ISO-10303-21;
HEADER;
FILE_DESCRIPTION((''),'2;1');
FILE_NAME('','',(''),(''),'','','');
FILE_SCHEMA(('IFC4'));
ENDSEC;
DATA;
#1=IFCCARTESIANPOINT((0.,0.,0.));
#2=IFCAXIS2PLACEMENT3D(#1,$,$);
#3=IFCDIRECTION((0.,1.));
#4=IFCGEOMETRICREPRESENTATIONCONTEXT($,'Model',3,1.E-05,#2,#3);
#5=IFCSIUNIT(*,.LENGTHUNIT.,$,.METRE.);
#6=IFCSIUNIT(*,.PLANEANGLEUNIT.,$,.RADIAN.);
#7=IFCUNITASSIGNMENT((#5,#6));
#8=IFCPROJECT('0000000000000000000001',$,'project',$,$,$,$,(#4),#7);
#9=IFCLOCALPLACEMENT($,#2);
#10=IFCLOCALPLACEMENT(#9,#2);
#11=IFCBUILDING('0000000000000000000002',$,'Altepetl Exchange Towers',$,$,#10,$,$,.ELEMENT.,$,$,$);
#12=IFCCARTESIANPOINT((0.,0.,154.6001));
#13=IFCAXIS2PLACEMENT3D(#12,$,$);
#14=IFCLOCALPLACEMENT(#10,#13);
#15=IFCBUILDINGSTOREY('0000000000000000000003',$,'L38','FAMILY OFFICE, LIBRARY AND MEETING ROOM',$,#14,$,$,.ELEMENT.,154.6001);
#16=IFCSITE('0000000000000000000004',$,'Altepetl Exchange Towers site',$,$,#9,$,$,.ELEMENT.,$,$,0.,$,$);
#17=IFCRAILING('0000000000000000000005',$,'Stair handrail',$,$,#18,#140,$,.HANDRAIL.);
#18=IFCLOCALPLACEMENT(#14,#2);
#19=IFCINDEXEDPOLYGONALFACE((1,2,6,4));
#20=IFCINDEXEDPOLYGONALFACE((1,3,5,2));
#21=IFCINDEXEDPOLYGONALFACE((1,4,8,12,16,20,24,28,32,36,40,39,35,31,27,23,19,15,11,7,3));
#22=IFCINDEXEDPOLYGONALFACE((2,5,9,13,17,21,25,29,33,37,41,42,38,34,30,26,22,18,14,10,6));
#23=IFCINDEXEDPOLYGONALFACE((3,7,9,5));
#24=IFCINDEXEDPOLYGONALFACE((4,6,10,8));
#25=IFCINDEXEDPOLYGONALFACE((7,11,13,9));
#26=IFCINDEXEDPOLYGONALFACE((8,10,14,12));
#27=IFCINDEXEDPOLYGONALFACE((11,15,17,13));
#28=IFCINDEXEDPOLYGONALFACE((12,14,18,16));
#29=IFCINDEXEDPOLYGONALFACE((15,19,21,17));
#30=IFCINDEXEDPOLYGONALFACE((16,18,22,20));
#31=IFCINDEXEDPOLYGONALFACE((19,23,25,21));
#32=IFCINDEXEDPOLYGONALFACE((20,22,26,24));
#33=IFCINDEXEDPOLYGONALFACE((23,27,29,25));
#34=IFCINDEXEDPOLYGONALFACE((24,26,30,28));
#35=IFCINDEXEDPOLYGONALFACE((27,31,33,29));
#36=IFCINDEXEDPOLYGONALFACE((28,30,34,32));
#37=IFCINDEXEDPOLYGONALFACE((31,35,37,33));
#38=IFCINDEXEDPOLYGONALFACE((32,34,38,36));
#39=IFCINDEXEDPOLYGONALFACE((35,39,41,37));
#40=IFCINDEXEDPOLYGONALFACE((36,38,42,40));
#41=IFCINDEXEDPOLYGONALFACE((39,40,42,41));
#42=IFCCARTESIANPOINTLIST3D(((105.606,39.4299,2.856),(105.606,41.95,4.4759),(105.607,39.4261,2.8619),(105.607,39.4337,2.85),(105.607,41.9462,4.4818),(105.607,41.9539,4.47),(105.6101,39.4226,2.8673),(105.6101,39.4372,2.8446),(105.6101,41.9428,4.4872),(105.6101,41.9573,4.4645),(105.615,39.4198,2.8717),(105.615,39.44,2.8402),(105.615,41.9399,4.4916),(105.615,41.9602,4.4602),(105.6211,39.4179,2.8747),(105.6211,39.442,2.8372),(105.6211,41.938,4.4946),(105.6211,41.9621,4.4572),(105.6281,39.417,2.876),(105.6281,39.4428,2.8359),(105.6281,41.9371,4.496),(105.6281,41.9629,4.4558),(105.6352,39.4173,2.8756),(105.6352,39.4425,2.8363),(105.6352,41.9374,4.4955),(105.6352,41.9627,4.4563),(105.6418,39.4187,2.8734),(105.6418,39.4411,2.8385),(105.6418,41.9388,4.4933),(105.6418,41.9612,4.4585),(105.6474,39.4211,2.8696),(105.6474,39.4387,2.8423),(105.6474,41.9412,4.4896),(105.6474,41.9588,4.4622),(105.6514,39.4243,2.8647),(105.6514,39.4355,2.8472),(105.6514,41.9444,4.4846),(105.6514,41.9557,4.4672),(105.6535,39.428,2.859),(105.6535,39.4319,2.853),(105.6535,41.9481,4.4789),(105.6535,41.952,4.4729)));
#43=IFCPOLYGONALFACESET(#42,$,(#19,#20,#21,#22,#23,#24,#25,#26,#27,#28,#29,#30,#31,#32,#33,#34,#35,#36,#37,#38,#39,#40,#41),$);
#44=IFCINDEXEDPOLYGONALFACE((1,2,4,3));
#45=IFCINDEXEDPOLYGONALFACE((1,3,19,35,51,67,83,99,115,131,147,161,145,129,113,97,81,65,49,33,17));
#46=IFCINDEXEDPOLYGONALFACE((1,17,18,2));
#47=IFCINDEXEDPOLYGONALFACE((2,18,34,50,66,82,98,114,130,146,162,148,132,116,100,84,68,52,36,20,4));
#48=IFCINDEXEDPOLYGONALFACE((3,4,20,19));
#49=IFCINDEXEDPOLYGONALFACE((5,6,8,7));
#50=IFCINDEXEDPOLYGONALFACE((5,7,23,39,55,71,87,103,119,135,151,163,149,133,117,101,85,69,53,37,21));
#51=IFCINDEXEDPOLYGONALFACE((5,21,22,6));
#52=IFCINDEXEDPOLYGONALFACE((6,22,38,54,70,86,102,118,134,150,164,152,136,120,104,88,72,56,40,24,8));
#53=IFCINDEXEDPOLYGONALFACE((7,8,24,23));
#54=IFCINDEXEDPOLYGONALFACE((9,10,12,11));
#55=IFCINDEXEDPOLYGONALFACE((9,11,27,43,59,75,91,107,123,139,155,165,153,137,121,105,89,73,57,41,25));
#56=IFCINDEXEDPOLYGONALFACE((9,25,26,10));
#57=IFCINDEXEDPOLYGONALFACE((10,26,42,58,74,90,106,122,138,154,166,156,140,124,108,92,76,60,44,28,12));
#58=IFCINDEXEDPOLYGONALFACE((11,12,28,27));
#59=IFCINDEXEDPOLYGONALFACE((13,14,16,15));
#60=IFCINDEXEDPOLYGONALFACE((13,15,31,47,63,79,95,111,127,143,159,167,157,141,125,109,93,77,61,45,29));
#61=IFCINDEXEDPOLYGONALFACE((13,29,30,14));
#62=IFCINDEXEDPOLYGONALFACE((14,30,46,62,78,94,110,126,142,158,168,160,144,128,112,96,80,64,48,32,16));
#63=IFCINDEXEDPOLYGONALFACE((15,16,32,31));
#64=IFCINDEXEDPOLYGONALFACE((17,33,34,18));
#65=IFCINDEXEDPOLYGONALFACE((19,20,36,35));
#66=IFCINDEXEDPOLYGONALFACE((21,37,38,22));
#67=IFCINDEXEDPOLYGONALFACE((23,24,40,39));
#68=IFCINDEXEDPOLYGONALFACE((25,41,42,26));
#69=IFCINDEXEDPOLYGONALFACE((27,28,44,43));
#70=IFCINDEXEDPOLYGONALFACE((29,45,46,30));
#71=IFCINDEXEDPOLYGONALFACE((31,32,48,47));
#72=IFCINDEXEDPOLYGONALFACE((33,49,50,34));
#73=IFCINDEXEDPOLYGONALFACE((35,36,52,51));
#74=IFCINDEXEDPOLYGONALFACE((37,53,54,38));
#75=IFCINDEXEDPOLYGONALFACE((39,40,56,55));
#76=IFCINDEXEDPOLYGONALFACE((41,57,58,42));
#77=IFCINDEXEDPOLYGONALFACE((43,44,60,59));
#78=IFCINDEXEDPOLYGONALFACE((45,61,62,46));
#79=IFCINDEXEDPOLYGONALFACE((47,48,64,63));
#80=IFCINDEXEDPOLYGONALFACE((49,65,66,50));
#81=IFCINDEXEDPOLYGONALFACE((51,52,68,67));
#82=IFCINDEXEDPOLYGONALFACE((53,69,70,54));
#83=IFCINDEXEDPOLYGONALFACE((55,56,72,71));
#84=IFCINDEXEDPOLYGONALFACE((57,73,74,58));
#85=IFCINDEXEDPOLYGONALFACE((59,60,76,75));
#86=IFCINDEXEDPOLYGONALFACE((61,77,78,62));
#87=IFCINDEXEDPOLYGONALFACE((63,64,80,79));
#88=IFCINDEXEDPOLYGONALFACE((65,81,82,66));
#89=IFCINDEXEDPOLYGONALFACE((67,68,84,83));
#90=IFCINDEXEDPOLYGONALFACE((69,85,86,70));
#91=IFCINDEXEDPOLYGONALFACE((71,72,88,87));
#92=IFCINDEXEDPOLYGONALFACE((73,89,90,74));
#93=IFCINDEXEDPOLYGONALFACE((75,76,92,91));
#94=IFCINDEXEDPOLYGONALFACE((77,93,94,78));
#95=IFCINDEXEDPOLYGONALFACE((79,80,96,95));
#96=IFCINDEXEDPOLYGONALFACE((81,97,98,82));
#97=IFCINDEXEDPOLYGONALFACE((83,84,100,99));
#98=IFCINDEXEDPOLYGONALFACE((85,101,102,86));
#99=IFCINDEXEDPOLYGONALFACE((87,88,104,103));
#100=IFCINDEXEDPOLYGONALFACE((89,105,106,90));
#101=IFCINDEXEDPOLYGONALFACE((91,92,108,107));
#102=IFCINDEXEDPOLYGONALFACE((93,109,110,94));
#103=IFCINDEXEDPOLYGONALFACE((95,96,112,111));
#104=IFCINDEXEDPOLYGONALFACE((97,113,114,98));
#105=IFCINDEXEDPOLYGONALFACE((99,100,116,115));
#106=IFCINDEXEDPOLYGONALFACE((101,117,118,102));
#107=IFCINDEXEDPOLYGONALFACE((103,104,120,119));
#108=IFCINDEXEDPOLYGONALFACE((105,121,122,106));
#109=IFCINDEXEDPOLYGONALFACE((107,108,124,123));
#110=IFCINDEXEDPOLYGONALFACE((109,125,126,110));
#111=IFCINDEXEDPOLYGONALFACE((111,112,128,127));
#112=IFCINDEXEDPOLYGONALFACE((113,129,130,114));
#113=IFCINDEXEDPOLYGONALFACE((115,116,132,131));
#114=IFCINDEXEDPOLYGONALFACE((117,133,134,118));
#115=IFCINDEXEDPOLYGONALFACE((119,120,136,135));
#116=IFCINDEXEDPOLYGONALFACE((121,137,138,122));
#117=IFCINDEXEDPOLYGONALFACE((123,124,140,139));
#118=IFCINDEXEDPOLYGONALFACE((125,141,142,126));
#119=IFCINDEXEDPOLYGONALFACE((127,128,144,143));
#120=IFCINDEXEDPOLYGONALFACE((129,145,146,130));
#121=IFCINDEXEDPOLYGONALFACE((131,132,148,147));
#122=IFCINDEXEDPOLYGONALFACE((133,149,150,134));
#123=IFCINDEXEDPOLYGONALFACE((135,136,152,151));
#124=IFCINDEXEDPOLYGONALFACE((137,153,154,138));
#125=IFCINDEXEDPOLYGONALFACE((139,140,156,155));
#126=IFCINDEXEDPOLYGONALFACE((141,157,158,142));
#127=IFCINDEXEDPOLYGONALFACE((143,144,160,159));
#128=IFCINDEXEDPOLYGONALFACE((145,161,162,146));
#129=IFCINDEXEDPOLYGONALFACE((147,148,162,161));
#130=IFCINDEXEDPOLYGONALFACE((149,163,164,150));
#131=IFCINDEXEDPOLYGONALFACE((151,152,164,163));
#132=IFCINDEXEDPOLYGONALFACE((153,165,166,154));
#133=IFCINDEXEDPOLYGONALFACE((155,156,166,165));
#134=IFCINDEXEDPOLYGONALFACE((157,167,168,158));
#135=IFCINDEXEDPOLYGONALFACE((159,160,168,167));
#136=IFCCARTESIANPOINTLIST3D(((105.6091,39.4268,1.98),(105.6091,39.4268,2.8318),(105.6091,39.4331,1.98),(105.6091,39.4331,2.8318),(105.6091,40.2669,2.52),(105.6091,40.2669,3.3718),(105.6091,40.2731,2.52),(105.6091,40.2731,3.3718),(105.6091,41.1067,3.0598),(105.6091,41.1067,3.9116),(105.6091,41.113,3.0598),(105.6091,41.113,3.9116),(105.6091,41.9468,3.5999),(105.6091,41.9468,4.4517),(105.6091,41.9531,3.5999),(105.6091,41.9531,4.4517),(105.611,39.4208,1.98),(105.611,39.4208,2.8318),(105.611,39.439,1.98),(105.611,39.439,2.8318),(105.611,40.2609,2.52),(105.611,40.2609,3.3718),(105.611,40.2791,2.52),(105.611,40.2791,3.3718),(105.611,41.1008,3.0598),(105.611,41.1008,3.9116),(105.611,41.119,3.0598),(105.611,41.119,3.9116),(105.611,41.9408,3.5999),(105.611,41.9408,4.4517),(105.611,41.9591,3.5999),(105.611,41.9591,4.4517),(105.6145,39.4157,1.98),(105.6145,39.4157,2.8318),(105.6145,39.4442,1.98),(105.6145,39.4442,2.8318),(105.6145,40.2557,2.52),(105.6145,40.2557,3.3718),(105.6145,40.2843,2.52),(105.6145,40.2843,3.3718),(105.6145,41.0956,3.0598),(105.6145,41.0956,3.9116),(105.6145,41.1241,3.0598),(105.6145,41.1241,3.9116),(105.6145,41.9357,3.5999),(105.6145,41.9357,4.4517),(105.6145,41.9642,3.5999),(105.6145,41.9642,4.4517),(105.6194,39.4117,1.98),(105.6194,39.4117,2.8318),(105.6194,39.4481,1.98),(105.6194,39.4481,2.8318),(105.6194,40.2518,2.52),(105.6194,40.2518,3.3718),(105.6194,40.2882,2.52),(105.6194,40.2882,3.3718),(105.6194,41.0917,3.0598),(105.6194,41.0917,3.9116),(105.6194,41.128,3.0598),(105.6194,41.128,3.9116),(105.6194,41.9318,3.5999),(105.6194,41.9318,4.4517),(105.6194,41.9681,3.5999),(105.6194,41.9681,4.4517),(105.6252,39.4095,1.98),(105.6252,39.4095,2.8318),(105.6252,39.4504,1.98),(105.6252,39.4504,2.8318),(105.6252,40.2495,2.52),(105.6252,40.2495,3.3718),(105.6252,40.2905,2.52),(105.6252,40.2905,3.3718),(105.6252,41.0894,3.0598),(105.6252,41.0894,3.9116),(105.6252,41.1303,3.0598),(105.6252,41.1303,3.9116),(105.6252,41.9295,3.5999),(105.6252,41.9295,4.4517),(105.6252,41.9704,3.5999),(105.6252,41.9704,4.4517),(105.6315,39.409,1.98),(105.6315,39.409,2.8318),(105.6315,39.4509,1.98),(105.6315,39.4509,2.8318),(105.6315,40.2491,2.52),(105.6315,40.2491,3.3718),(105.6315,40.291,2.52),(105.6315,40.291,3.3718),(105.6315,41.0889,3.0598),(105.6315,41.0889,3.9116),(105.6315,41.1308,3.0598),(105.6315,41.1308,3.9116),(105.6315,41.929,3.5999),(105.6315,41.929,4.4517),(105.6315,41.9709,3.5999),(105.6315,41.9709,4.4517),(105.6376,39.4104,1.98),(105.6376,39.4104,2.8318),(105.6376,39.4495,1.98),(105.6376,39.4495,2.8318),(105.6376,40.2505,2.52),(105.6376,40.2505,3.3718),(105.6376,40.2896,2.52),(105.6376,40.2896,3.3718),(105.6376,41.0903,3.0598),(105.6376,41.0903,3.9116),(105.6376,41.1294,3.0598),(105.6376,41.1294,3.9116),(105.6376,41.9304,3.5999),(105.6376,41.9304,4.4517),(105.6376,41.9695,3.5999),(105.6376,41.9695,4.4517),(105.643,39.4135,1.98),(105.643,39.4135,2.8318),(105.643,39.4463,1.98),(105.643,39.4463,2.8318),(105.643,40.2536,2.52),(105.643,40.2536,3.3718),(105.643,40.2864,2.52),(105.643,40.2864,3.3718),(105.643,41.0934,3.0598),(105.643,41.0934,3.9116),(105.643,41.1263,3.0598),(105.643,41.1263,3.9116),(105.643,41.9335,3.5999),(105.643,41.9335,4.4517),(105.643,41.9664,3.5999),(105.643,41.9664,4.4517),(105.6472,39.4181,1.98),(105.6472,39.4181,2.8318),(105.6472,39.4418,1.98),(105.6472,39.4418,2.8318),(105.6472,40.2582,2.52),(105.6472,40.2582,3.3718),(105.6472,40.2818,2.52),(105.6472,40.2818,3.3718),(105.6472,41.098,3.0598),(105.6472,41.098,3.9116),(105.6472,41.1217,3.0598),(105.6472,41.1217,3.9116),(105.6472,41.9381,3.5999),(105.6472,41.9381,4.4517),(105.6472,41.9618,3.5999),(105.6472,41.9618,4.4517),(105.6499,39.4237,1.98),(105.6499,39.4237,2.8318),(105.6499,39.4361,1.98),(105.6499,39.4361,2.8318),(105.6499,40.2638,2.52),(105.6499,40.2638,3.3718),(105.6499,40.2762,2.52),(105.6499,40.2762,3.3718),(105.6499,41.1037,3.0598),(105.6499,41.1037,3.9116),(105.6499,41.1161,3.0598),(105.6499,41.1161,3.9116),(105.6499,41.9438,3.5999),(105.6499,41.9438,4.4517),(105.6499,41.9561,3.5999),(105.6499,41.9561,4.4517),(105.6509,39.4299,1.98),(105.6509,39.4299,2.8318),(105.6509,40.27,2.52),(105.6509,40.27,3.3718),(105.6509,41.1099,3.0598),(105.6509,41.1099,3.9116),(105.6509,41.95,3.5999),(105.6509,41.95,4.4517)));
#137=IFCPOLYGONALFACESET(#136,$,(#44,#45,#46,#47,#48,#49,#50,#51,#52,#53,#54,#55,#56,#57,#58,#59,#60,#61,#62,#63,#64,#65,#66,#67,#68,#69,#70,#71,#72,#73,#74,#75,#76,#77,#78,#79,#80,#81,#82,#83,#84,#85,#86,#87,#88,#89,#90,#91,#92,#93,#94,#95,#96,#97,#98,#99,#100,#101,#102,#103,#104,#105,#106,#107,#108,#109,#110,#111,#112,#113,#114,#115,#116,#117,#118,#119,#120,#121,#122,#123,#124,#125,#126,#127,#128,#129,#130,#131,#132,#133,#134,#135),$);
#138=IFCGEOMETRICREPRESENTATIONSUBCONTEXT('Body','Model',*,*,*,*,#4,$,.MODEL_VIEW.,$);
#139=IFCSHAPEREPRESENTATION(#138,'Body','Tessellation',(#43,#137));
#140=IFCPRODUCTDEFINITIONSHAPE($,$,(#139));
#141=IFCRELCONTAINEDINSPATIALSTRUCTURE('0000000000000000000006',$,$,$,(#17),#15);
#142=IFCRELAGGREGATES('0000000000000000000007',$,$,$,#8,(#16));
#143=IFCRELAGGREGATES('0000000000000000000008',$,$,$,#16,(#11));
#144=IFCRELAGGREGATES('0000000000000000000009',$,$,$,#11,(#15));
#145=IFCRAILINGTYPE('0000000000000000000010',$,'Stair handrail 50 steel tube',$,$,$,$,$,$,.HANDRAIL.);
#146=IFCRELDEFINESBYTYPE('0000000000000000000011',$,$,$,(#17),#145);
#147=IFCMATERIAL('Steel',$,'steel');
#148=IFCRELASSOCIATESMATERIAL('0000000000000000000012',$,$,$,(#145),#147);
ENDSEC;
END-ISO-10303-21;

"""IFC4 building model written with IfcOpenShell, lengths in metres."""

from ifc_helpers import new_model, si_unit, direction, frame, origin, origin_2d, place, context, subcontext, project, spatial, circle, extrude, source, transform, mapped, material, type_object, element, save


model = new_model("IFC4")

# Units and contexts
model_context = context("Model", 3, precision=1e-05, world=origin(), true_north=direction((0.0, 1.0)))
body_context = subcontext(model_context, "Body", "Model", "MODEL_VIEW")
ifc_project = project(units=[si_unit("LENGTHUNIT", "METRE"), si_unit("PLANEANGLEUNIT", "RADIAN")], contexts=[model_context])

# Site, building, storey
site_placement = place(None, origin())
site = spatial("IfcSite", under=ifc_project, at=site_placement, Name="Altepetl Exchange Towers site", CompositionType="ELEMENT", RefElevation=0.0)
building_placement = place(site_placement, origin())
building = spatial("IfcBuilding", under=site, at=building_placement, Name="Altepetl Exchange Towers", CompositionType="ELEMENT")
storey_placement = place(building_placement, frame((0.0, 0.0, 154.6001)))
storey = spatial("IfcBuildingStorey", under=building, at=storey_placement, Name="L38", Description="FAMILY OFFICE, LIBRARY AND MEETING ROOM", CompositionType="ELEMENT", Elevation=154.6001)

# Railing
ifc_material_1 = material(Name="Steel", Category="steel")
railing_type = type_object("IfcRailingType", Name="Stair handrail 50 steel tube", PredefinedType="HANDRAIL", material=ifc_material_1)
shared_shape = source(origin(), body_context, "Body", "SweptSolid", [
    extrude(circle(Radius=0.021, at=origin_2d()), origin(), (0.0, 0.0, 1.0), 0.8518),
])
railing_1_placement = place(storey_placement, frame((105.6299, 39.4299, 1.98)))
element("IfcRailing", 1, at=railing_1_placement, inside=storey, type_object=railing_type, Name="Stair handrail", PredefinedType="HANDRAIL", context=body_context, shape_type="SweptSolid", body=[
    extrude(circle(Radius=0.0239, at=origin_2d()), frame((0.0, 0.0, 0.876), z_axis=(0.0, 0.8412, 0.540725), x_axis=(-1.0, 0.0, 0.0)), (0.0, 0.0, 1.0), 2.9958),
    mapped(shared_shape, transform((0.0, 0.0, 0.0))),
    mapped(shared_shape, transform((0.0, 0.8401, 0.54))),
    mapped(shared_shape, transform((0.0, 1.6799, 1.0798))),
    mapped(shared_shape, transform((0.0, 2.52, 1.6199))),
])

save(model, "model.ifc")
